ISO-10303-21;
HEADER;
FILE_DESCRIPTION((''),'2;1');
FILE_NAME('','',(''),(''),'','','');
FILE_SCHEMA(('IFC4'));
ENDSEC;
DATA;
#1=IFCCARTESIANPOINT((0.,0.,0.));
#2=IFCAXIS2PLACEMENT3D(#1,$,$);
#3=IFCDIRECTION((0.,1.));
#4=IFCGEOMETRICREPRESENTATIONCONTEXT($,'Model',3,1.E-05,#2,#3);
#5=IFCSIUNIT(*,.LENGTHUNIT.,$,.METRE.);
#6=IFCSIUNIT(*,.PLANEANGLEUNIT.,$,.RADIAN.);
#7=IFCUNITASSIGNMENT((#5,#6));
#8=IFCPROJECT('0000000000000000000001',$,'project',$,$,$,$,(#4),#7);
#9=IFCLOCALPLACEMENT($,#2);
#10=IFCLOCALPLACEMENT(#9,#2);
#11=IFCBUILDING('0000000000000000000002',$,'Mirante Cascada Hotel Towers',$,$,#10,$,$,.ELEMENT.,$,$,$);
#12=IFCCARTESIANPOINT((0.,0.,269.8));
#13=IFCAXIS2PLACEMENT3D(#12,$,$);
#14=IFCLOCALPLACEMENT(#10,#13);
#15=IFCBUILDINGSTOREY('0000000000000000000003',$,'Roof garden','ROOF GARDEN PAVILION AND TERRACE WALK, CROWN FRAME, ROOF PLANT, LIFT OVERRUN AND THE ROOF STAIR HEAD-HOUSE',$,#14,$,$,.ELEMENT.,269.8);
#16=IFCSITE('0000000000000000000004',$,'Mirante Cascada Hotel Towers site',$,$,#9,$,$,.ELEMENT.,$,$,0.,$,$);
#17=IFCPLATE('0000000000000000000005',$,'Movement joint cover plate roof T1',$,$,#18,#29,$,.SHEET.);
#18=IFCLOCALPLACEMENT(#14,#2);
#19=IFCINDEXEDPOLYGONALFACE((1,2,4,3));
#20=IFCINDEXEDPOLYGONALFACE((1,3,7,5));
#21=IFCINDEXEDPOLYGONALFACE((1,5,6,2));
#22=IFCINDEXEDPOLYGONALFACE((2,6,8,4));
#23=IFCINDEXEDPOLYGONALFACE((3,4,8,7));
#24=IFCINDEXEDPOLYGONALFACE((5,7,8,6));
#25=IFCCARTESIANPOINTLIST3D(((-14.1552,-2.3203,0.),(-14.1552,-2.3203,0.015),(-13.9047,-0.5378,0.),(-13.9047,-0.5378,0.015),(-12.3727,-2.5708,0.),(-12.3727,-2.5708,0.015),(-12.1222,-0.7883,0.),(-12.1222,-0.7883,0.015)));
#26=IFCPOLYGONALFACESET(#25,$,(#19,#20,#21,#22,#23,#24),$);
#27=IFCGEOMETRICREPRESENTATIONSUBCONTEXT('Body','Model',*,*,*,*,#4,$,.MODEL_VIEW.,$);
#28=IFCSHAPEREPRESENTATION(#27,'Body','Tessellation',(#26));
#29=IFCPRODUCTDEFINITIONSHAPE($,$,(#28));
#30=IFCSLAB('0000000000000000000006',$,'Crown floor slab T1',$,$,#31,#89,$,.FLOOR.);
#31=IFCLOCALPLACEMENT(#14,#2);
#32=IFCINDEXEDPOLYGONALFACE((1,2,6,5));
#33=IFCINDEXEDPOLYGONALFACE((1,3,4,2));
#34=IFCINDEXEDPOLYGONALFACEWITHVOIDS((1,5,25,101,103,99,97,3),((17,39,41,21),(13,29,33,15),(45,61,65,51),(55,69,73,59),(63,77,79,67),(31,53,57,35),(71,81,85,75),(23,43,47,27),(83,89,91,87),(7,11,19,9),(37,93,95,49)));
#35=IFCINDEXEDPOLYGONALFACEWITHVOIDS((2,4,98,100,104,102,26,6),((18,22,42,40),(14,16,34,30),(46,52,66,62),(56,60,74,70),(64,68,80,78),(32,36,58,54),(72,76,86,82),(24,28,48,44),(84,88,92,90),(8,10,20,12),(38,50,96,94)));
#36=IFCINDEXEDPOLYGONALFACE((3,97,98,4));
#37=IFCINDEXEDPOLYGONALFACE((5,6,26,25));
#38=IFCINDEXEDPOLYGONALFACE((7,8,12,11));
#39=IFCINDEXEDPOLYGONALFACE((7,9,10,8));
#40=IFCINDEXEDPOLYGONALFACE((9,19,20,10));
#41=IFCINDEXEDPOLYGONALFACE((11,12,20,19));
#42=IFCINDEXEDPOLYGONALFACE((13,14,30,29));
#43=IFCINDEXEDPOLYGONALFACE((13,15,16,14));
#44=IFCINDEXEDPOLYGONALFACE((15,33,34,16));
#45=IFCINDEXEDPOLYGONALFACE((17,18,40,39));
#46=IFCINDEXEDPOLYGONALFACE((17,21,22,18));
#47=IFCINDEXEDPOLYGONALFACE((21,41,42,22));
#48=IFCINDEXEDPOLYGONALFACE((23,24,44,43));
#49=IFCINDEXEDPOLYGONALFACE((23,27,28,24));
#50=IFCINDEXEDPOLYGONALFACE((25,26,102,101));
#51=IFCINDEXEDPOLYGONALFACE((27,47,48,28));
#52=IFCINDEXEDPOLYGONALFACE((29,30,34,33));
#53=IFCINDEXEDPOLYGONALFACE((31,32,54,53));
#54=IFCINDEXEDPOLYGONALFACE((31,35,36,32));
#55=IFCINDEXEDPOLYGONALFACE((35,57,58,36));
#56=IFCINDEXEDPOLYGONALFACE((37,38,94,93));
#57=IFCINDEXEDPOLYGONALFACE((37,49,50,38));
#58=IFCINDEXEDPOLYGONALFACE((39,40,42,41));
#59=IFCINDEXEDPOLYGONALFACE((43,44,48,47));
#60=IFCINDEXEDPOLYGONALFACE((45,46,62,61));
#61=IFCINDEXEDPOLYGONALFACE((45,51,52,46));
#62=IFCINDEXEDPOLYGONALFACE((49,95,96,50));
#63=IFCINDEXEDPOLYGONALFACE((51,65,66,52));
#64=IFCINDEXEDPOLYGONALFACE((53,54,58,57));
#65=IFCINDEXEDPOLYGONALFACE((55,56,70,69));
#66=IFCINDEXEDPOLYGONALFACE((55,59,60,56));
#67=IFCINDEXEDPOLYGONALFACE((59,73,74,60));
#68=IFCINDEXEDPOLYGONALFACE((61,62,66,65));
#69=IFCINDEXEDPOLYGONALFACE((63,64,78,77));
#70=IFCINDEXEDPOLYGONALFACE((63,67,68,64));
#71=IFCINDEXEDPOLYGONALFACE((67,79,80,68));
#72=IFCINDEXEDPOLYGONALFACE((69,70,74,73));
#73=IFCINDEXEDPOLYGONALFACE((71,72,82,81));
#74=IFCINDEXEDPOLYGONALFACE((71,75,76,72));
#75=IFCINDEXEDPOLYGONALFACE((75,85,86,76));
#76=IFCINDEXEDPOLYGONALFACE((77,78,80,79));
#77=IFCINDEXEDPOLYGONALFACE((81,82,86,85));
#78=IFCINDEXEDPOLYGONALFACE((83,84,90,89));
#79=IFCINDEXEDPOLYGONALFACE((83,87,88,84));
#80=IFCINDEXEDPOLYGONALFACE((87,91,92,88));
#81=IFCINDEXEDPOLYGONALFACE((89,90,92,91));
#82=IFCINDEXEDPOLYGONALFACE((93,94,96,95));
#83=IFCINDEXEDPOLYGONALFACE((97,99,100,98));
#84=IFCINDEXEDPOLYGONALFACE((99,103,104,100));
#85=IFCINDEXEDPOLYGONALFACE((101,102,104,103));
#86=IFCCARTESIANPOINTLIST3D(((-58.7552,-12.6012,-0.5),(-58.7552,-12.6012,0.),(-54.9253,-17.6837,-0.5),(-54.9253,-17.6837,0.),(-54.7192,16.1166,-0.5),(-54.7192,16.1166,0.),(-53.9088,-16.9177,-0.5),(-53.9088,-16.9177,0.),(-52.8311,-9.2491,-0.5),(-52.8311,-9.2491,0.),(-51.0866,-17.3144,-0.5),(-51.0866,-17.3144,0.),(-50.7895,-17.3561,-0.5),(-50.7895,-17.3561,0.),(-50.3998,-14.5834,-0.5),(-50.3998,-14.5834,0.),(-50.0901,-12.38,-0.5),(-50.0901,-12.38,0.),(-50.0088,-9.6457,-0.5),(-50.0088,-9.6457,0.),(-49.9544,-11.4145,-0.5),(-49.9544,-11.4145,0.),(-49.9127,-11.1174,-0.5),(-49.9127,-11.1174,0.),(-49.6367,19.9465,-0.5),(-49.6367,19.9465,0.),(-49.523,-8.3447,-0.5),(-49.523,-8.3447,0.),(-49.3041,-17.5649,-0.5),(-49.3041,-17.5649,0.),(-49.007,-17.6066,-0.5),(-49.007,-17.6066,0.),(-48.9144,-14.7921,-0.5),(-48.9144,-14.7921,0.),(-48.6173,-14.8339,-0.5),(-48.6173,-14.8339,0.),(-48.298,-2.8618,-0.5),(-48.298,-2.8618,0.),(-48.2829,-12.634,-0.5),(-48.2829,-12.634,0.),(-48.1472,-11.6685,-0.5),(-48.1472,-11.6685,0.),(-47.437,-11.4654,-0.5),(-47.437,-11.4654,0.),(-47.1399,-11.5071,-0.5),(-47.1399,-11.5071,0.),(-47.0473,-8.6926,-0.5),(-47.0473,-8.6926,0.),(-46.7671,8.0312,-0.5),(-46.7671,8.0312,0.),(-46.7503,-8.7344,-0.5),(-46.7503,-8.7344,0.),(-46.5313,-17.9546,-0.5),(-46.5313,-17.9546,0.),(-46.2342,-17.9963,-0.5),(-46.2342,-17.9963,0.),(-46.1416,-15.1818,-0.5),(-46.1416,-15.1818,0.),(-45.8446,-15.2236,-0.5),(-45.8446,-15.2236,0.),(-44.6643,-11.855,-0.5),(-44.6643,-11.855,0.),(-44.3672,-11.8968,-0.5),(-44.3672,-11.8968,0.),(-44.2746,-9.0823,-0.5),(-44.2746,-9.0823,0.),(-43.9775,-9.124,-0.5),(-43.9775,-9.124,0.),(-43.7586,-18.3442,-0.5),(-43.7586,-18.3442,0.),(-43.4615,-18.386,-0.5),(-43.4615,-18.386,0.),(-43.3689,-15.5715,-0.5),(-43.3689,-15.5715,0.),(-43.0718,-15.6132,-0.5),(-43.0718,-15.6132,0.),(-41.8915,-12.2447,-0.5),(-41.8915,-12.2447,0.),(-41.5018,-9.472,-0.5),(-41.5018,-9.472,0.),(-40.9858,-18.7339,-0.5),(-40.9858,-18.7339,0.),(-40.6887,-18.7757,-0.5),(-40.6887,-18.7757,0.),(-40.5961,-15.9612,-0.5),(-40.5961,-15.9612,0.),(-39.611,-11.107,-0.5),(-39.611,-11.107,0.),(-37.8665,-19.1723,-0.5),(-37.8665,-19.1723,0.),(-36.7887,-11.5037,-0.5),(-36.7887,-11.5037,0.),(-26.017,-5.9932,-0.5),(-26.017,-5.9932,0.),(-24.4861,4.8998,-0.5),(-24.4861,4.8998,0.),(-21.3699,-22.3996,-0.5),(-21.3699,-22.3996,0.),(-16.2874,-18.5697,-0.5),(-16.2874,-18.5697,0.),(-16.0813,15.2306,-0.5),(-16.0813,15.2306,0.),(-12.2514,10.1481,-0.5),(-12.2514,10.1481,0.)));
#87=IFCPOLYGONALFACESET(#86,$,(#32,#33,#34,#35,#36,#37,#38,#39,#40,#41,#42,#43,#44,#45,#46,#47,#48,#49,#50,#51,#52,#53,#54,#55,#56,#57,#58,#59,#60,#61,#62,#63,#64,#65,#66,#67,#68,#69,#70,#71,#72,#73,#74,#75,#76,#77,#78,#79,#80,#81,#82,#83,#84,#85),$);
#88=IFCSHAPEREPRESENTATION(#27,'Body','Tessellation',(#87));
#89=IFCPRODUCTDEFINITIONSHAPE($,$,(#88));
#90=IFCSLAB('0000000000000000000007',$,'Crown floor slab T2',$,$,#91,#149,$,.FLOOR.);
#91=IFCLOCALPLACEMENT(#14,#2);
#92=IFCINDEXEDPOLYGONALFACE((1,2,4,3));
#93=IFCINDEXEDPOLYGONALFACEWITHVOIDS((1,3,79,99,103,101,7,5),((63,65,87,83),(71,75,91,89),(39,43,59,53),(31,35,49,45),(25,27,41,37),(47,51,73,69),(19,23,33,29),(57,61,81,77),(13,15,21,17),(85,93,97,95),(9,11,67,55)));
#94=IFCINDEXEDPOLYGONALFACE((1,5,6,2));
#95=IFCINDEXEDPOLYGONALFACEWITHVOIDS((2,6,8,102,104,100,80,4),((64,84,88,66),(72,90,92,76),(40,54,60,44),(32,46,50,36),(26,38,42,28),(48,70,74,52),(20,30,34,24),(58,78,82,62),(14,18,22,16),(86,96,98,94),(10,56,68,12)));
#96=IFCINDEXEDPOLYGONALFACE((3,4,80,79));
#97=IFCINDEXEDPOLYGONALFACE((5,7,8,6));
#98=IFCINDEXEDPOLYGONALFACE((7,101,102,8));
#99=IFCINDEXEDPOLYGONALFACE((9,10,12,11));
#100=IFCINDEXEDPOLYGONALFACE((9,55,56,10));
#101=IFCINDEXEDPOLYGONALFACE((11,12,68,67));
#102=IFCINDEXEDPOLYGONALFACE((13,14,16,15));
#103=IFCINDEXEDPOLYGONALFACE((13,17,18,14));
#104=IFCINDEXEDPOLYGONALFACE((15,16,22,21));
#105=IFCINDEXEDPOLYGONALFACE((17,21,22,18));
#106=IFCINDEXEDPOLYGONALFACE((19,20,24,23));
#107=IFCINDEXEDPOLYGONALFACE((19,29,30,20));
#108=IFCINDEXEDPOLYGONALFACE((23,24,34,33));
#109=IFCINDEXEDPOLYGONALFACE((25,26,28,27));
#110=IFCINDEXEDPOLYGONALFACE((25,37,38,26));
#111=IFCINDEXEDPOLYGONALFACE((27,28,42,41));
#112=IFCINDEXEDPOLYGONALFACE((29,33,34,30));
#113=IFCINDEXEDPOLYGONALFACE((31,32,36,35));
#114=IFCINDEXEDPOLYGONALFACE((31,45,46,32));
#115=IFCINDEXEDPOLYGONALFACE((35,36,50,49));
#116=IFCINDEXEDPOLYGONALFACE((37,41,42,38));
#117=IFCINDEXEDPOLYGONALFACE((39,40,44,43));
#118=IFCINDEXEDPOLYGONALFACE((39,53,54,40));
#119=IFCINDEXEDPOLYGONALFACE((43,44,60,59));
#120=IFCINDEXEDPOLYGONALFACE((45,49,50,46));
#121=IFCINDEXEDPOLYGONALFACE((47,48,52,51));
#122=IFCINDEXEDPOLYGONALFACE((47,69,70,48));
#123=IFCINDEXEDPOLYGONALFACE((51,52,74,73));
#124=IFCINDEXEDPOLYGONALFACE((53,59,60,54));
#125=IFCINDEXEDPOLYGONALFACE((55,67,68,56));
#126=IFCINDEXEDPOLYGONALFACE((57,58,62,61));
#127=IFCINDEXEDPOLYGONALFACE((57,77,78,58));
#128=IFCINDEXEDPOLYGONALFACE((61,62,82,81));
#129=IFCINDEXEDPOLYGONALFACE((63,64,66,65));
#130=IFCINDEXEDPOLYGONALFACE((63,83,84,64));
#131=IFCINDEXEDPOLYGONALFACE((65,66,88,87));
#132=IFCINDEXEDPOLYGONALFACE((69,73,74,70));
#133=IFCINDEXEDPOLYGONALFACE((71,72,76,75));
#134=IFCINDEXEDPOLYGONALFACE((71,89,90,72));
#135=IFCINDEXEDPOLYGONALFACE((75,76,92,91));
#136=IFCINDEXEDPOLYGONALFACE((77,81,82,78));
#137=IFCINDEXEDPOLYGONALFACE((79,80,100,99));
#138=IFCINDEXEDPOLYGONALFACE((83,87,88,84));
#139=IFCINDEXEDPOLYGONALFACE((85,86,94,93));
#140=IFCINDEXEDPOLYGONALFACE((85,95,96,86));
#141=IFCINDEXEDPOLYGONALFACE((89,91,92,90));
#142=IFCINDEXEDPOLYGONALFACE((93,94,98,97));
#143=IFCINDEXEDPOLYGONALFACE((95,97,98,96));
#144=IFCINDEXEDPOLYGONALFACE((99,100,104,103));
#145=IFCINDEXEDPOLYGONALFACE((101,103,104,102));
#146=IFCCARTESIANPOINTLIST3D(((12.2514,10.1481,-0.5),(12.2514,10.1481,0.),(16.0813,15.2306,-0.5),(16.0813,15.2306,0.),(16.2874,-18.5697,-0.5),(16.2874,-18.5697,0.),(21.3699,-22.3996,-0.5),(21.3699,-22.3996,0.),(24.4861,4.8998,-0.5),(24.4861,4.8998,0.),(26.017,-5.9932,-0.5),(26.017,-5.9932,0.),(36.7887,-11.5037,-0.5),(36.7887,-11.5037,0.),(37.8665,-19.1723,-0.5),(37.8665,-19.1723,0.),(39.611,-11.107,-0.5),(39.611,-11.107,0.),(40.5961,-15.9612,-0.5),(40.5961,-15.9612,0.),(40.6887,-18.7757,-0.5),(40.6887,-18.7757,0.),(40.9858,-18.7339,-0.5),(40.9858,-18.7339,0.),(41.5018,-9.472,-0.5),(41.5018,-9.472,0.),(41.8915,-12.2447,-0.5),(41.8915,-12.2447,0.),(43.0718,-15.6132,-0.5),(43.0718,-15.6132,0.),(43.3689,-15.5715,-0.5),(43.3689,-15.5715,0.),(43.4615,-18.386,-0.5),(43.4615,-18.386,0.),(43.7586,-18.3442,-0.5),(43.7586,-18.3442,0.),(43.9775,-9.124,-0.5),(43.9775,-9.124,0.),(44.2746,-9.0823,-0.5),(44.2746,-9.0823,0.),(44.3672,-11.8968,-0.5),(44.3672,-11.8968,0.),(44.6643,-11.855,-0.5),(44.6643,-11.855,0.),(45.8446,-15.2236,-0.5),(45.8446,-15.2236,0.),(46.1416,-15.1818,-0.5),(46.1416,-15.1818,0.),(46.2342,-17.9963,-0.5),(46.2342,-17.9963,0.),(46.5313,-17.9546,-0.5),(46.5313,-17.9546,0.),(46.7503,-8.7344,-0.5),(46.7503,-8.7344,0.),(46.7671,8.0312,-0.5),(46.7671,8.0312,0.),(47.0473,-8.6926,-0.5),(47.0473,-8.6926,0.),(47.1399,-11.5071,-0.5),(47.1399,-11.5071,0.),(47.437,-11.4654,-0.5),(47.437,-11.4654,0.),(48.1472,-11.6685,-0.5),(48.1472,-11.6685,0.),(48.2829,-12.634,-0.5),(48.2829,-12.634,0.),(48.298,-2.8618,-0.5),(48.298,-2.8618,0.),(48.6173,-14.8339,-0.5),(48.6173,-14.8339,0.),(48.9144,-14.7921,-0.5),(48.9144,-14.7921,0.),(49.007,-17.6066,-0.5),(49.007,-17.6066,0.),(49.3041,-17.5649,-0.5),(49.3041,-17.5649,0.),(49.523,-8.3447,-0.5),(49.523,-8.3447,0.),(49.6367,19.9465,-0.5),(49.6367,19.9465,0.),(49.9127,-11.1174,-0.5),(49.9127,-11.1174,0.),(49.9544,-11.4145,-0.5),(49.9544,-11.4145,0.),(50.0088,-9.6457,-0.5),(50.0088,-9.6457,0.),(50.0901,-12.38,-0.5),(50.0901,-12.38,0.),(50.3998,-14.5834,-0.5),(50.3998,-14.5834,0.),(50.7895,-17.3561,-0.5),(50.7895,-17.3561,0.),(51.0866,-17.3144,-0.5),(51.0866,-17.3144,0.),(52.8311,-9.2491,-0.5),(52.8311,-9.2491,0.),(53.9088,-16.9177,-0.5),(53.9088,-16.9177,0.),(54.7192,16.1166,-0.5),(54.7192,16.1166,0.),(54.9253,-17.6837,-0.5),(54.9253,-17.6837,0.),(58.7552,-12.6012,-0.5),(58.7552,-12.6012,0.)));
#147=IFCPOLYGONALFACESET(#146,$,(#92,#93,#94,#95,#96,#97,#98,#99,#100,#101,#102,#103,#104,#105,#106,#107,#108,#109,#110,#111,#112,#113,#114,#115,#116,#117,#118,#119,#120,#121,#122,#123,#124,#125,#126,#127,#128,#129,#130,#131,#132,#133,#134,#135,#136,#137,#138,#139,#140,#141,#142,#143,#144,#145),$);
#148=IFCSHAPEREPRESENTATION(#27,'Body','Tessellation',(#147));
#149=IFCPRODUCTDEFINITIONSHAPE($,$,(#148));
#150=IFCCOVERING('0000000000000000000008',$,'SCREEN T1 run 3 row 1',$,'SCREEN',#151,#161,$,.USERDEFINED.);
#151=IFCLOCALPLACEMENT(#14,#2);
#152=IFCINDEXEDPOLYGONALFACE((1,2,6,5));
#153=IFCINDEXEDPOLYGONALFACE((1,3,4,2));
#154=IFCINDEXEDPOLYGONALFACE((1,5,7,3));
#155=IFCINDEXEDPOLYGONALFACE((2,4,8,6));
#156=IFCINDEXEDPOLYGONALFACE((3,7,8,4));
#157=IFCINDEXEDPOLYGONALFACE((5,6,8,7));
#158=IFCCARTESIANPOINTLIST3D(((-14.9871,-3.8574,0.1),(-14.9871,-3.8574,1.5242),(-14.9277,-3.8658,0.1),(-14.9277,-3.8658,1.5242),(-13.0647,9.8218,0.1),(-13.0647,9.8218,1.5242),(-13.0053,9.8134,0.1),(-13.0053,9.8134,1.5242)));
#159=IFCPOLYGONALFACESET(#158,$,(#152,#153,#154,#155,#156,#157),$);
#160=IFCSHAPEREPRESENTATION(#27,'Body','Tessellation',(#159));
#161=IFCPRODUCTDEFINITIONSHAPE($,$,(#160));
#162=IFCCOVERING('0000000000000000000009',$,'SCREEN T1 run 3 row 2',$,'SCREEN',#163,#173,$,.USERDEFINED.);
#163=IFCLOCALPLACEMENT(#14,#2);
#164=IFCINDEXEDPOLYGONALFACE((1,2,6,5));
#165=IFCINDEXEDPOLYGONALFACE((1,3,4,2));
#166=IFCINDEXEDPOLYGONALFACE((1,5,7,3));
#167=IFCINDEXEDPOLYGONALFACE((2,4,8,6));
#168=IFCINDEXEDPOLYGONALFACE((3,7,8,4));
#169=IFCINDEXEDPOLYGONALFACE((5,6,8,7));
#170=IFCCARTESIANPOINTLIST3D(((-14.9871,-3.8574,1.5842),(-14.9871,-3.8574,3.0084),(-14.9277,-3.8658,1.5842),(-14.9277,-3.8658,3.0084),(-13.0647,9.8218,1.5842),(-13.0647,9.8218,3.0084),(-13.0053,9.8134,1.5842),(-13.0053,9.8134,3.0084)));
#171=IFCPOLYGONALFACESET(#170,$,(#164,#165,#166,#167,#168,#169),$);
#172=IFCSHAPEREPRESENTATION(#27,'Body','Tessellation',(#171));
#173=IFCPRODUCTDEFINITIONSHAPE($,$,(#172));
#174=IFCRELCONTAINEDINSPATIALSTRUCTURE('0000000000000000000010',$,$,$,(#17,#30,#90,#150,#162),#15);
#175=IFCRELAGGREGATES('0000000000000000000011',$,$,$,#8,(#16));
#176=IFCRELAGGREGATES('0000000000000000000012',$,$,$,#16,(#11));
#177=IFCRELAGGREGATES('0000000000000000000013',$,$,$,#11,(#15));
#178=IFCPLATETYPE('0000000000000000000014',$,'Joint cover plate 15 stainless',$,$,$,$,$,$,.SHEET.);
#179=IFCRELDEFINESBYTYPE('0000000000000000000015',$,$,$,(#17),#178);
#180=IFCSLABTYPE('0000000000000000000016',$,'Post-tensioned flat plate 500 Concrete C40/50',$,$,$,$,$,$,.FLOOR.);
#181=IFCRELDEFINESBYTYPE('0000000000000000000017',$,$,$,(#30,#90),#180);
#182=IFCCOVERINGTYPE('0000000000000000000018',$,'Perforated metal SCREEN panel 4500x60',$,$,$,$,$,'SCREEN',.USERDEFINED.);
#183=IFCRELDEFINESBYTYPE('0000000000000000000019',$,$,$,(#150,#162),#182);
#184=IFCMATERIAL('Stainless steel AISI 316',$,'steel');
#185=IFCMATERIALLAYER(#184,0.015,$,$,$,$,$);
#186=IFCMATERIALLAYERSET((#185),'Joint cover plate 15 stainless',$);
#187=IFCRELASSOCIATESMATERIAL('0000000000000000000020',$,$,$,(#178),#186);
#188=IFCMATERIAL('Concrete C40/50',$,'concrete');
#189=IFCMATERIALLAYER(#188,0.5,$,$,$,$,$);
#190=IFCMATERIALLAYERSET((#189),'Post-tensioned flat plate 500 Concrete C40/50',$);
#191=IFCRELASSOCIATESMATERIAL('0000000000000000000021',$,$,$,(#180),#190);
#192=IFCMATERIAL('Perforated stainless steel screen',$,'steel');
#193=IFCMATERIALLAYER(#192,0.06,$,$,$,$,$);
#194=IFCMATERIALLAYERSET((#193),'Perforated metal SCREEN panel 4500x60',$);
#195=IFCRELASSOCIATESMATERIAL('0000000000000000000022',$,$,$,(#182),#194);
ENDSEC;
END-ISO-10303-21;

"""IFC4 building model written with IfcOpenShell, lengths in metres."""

from ifc_helpers import new_model, si_unit, direction, frame, origin, origin_2d, place, context, subcontext, project, spatial, polyline, rectangle, outline, extrude, material, layer, layer_set, type_object, element, save


model = new_model("IFC4")

# Units and contexts
model_context = context("Model", 3, precision=1e-05, world=origin(), true_north=direction((0.0, 1.0)))
body_context = subcontext(model_context, "Body", "Model", "MODEL_VIEW")
ifc_project = project(units=[si_unit("LENGTHUNIT", "METRE"), si_unit("PLANEANGLEUNIT", "RADIAN")], contexts=[model_context])

# Site, building, storey
site_placement = place(None, origin())
site = spatial("IfcSite", under=ifc_project, at=site_placement, Name="Mirante Cascada Hotel Towers site", CompositionType="ELEMENT", RefElevation=0.0)
building_placement = place(site_placement, origin())
building = spatial("IfcBuilding", under=site, at=building_placement, Name="Mirante Cascada Hotel Towers", CompositionType="ELEMENT")
storey_placement = place(building_placement, frame((0.0, 0.0, 269.8)))
storey = spatial("IfcBuildingStorey", under=building, at=storey_placement, Name="Roof garden", Description="ROOF GARDEN PAVILION AND TERRACE WALK, CROWN FRAME, ROOF PLANT, LIFT OVERRUN AND THE ROOF STAIR HEAD-HOUSE", CompositionType="ELEMENT", Elevation=269.8)

# Plate
ifc_material_1 = material(Name="Stainless steel AISI 316", Category="steel")
ifc_layer_1 = layer(ifc_material_1, 0.015)
ifc_layer_set_1 = layer_set([ifc_layer_1], Name="Joint cover plate 15 stainless")
plate_type = type_object("IfcPlateType", Name="Joint cover plate 15 stainless", PredefinedType="SHEET", material=ifc_layer_set_1)
plate_placement = place(storey_placement, frame((-13.1387, -1.5543, 0.0), z_axis=(0.0, 0.0, 1.0), x_axis=(0.990268, -0.139173, 0.0)))
element("IfcPlate", 1, at=plate_placement, inside=storey, type_object=plate_type, Name="Movement joint cover plate roof T1", PredefinedType="SHEET", context=body_context, shape_type="SweptSolid", body=[
    extrude(rectangle(XDim=1.8, YDim=1.8, at=origin_2d()), origin(), (0.0, 0.0, 1.0), 0.015),
])

# Slabs
ifc_material_2 = material(Name="Concrete C40/50", Category="concrete")
ifc_layer_2 = layer(ifc_material_2, 0.5)
ifc_layer_set_2 = layer_set([ifc_layer_2], Name="Post-tensioned flat plate 500 Concrete C40/50")
slab_type_1 = type_object("IfcSlabType", Name="Post-tensioned flat plate 500 Concrete C40/50", PredefinedType="FLOOR", material=ifc_layer_set_2)
slab_1_placement = place(storey_placement, frame((0.0, 0.0, -0.5)))
element("IfcSlab", 2, at=slab_1_placement, inside=storey, type_object=slab_type_1, Name="Crown floor slab T1", PredefinedType="FLOOR", context=body_context, shape_type="SweptSolid", body=[
    extrude(outline(polyline([(-16.2874, -18.5697), (-12.2514, 10.1481), (-16.0813, 15.2306), (-49.6367, 19.9465), (-54.7192, 16.1166), (-58.7552, -12.6012), (-54.9253, -17.6837), (-21.3699, -22.3996), (-16.2874, -18.5697)]), holes=[polyline([(-40.5961, -15.9612), (-40.9858, -18.7339), (-43.4615, -18.386), (-43.0718, -15.6132), (-40.5961, -15.9612)]), polyline([(-43.3689, -15.5715), (-43.7586, -18.3442), (-46.2342, -17.9963), (-45.8446, -15.2236), (-43.3689, -15.5715)]), polyline([(-37.8665, -19.1723), (-40.6887, -18.7757), (-39.611, -11.107), (-36.7887, -11.5037), (-37.8665, -19.1723)]), polyline([(-43.9775, -9.124), (-41.5018, -9.472), (-41.8915, -12.2447), (-44.3672, -11.8968), (-43.9775, -9.124)]), polyline([(-46.7503, -8.7344), (-44.2746, -9.0823), (-44.6643, -11.855), (-47.1399, -11.5071), (-46.7503, -8.7344)]), polyline([(-24.4861, 4.8998), (-26.017, -5.9932), (-48.298, -2.8618), (-46.7671, 8.0312), (-24.4861, 4.8998)]), polyline([(-48.6173, -14.8339), (-46.1416, -15.1818), (-46.5313, -17.9546), (-49.007, -17.6066), (-48.6173, -14.8339)]), polyline([(-50.3998, -14.5834), (-48.9144, -14.7921), (-49.3041, -17.5649), (-50.7895, -17.3561), (-50.3998, -14.5834)]), polyline([(-51.0866, -17.3144), (-53.9088, -16.9177), (-52.8311, -9.2491), (-50.0088, -9.6457), (-51.0866, -17.3144)]), polyline([(-49.9544, -11.4145), (-48.1472, -11.6685), (-48.2829, -12.634), (-50.0901, -12.38), (-49.9544, -11.4145)]), polyline([(-49.523, -8.3447), (-47.0473, -8.6926), (-47.437, -11.4654), (-49.9127, -11.1174), (-49.523, -8.3447)])]), origin(), (0.0, 0.0, 1.0), 0.5),
])
slab_2_placement = place(storey_placement, frame((0.0, 0.0, -0.5)))
element("IfcSlab", 3, at=slab_2_placement, inside=storey, type_object=slab_type_1, Name="Crown floor slab T2", PredefinedType="FLOOR", context=body_context, shape_type="SweptSolid", body=[
    extrude(outline(polyline([(16.2874, -18.5697), (12.2514, 10.1481), (16.0813, 15.2306), (49.6367, 19.9465), (54.7192, 16.1166), (58.7552, -12.6012), (54.9253, -17.6837), (21.3699, -22.3996), (16.2874, -18.5697)]), holes=[polyline([(40.5961, -15.9612), (40.9858, -18.7339), (43.4615, -18.386), (43.0718, -15.6132), (40.5961, -15.9612)]), polyline([(43.3689, -15.5715), (43.7586, -18.3442), (46.2342, -17.9963), (45.8446, -15.2236), (43.3689, -15.5715)]), polyline([(40.6887, -18.7757), (39.611, -11.107), (36.7887, -11.5037), (37.8665, -19.1723), (40.6887, -18.7757)]), polyline([(43.9775, -9.124), (41.5018, -9.472), (41.8915, -12.2447), (44.3672, -11.8968), (43.9775, -9.124)]), polyline([(46.7503, -8.7344), (44.2746, -9.0823), (44.6643, -11.855), (47.1399, -11.5071), (46.7503, -8.7344)]), polyline([(24.4861, 4.8998), (26.017, -5.9932), (48.298, -2.8618), (46.7671, 8.0312), (24.4861, 4.8998)]), polyline([(48.6173, -14.8339), (46.1416, -15.1818), (46.5313, -17.9546), (49.007, -17.6066), (48.6173, -14.8339)]), polyline([(50.3998, -14.5834), (48.9144, -14.7921), (49.3041, -17.5649), (50.7895, -17.3561), (50.3998, -14.5834)]), polyline([(53.9088, -16.9177), (52.8311, -9.2491), (50.0088, -9.6457), (51.0866, -17.3144), (53.9088, -16.9177)]), polyline([(49.9544, -11.4145), (48.1472, -11.6685), (48.2829, -12.634), (50.0901, -12.38), (49.9544, -11.4145)]), polyline([(49.523, -8.3447), (47.0473, -8.6926), (47.437, -11.4654), (49.9127, -11.1174), (49.523, -8.3447)])]), origin(), (0.0, 0.0, 1.0), 0.5),
])

# Coverings
ifc_material_3 = material(Name="Perforated stainless steel screen", Category="steel")
ifc_layer_3 = layer(ifc_material_3, 0.06)
ifc_layer_set_3 = layer_set([ifc_layer_3], Name="Perforated metal SCREEN panel 4500x60")
covering_type = type_object("IfcCoveringType", Name="Perforated metal SCREEN panel 4500x60", ElementType="SCREEN", PredefinedType="USERDEFINED", material=ifc_layer_set_3)
for number, where, z_axis, x_axis, name in (
    (4, (-13.9962, 2.978, 0.1), (0.0, 0.0, 1.0), (0.139173, 0.990268, 0.0), "SCREEN T1 run 3 row 1"),
    (5, (-13.9962, 2.978, 1.5842), (0.0, 0.0, 1.0), (0.139173, 0.990268, 0.0), "SCREEN T1 run 3 row 2"),
):
    element("IfcCovering", number, at=place(storey_placement, frame(where, z_axis=z_axis, x_axis=x_axis)), inside=storey, type_object=covering_type, Name=name, ObjectType="SCREEN", PredefinedType="USERDEFINED", context=body_context, shape_type="SweptSolid", body=[
        extrude(rectangle(XDim=13.8136, YDim=0.06, at=origin_2d()), origin(), (0.0, 0.0, 1.0), 1.4242),
    ])

save(model, "model.ifc")
